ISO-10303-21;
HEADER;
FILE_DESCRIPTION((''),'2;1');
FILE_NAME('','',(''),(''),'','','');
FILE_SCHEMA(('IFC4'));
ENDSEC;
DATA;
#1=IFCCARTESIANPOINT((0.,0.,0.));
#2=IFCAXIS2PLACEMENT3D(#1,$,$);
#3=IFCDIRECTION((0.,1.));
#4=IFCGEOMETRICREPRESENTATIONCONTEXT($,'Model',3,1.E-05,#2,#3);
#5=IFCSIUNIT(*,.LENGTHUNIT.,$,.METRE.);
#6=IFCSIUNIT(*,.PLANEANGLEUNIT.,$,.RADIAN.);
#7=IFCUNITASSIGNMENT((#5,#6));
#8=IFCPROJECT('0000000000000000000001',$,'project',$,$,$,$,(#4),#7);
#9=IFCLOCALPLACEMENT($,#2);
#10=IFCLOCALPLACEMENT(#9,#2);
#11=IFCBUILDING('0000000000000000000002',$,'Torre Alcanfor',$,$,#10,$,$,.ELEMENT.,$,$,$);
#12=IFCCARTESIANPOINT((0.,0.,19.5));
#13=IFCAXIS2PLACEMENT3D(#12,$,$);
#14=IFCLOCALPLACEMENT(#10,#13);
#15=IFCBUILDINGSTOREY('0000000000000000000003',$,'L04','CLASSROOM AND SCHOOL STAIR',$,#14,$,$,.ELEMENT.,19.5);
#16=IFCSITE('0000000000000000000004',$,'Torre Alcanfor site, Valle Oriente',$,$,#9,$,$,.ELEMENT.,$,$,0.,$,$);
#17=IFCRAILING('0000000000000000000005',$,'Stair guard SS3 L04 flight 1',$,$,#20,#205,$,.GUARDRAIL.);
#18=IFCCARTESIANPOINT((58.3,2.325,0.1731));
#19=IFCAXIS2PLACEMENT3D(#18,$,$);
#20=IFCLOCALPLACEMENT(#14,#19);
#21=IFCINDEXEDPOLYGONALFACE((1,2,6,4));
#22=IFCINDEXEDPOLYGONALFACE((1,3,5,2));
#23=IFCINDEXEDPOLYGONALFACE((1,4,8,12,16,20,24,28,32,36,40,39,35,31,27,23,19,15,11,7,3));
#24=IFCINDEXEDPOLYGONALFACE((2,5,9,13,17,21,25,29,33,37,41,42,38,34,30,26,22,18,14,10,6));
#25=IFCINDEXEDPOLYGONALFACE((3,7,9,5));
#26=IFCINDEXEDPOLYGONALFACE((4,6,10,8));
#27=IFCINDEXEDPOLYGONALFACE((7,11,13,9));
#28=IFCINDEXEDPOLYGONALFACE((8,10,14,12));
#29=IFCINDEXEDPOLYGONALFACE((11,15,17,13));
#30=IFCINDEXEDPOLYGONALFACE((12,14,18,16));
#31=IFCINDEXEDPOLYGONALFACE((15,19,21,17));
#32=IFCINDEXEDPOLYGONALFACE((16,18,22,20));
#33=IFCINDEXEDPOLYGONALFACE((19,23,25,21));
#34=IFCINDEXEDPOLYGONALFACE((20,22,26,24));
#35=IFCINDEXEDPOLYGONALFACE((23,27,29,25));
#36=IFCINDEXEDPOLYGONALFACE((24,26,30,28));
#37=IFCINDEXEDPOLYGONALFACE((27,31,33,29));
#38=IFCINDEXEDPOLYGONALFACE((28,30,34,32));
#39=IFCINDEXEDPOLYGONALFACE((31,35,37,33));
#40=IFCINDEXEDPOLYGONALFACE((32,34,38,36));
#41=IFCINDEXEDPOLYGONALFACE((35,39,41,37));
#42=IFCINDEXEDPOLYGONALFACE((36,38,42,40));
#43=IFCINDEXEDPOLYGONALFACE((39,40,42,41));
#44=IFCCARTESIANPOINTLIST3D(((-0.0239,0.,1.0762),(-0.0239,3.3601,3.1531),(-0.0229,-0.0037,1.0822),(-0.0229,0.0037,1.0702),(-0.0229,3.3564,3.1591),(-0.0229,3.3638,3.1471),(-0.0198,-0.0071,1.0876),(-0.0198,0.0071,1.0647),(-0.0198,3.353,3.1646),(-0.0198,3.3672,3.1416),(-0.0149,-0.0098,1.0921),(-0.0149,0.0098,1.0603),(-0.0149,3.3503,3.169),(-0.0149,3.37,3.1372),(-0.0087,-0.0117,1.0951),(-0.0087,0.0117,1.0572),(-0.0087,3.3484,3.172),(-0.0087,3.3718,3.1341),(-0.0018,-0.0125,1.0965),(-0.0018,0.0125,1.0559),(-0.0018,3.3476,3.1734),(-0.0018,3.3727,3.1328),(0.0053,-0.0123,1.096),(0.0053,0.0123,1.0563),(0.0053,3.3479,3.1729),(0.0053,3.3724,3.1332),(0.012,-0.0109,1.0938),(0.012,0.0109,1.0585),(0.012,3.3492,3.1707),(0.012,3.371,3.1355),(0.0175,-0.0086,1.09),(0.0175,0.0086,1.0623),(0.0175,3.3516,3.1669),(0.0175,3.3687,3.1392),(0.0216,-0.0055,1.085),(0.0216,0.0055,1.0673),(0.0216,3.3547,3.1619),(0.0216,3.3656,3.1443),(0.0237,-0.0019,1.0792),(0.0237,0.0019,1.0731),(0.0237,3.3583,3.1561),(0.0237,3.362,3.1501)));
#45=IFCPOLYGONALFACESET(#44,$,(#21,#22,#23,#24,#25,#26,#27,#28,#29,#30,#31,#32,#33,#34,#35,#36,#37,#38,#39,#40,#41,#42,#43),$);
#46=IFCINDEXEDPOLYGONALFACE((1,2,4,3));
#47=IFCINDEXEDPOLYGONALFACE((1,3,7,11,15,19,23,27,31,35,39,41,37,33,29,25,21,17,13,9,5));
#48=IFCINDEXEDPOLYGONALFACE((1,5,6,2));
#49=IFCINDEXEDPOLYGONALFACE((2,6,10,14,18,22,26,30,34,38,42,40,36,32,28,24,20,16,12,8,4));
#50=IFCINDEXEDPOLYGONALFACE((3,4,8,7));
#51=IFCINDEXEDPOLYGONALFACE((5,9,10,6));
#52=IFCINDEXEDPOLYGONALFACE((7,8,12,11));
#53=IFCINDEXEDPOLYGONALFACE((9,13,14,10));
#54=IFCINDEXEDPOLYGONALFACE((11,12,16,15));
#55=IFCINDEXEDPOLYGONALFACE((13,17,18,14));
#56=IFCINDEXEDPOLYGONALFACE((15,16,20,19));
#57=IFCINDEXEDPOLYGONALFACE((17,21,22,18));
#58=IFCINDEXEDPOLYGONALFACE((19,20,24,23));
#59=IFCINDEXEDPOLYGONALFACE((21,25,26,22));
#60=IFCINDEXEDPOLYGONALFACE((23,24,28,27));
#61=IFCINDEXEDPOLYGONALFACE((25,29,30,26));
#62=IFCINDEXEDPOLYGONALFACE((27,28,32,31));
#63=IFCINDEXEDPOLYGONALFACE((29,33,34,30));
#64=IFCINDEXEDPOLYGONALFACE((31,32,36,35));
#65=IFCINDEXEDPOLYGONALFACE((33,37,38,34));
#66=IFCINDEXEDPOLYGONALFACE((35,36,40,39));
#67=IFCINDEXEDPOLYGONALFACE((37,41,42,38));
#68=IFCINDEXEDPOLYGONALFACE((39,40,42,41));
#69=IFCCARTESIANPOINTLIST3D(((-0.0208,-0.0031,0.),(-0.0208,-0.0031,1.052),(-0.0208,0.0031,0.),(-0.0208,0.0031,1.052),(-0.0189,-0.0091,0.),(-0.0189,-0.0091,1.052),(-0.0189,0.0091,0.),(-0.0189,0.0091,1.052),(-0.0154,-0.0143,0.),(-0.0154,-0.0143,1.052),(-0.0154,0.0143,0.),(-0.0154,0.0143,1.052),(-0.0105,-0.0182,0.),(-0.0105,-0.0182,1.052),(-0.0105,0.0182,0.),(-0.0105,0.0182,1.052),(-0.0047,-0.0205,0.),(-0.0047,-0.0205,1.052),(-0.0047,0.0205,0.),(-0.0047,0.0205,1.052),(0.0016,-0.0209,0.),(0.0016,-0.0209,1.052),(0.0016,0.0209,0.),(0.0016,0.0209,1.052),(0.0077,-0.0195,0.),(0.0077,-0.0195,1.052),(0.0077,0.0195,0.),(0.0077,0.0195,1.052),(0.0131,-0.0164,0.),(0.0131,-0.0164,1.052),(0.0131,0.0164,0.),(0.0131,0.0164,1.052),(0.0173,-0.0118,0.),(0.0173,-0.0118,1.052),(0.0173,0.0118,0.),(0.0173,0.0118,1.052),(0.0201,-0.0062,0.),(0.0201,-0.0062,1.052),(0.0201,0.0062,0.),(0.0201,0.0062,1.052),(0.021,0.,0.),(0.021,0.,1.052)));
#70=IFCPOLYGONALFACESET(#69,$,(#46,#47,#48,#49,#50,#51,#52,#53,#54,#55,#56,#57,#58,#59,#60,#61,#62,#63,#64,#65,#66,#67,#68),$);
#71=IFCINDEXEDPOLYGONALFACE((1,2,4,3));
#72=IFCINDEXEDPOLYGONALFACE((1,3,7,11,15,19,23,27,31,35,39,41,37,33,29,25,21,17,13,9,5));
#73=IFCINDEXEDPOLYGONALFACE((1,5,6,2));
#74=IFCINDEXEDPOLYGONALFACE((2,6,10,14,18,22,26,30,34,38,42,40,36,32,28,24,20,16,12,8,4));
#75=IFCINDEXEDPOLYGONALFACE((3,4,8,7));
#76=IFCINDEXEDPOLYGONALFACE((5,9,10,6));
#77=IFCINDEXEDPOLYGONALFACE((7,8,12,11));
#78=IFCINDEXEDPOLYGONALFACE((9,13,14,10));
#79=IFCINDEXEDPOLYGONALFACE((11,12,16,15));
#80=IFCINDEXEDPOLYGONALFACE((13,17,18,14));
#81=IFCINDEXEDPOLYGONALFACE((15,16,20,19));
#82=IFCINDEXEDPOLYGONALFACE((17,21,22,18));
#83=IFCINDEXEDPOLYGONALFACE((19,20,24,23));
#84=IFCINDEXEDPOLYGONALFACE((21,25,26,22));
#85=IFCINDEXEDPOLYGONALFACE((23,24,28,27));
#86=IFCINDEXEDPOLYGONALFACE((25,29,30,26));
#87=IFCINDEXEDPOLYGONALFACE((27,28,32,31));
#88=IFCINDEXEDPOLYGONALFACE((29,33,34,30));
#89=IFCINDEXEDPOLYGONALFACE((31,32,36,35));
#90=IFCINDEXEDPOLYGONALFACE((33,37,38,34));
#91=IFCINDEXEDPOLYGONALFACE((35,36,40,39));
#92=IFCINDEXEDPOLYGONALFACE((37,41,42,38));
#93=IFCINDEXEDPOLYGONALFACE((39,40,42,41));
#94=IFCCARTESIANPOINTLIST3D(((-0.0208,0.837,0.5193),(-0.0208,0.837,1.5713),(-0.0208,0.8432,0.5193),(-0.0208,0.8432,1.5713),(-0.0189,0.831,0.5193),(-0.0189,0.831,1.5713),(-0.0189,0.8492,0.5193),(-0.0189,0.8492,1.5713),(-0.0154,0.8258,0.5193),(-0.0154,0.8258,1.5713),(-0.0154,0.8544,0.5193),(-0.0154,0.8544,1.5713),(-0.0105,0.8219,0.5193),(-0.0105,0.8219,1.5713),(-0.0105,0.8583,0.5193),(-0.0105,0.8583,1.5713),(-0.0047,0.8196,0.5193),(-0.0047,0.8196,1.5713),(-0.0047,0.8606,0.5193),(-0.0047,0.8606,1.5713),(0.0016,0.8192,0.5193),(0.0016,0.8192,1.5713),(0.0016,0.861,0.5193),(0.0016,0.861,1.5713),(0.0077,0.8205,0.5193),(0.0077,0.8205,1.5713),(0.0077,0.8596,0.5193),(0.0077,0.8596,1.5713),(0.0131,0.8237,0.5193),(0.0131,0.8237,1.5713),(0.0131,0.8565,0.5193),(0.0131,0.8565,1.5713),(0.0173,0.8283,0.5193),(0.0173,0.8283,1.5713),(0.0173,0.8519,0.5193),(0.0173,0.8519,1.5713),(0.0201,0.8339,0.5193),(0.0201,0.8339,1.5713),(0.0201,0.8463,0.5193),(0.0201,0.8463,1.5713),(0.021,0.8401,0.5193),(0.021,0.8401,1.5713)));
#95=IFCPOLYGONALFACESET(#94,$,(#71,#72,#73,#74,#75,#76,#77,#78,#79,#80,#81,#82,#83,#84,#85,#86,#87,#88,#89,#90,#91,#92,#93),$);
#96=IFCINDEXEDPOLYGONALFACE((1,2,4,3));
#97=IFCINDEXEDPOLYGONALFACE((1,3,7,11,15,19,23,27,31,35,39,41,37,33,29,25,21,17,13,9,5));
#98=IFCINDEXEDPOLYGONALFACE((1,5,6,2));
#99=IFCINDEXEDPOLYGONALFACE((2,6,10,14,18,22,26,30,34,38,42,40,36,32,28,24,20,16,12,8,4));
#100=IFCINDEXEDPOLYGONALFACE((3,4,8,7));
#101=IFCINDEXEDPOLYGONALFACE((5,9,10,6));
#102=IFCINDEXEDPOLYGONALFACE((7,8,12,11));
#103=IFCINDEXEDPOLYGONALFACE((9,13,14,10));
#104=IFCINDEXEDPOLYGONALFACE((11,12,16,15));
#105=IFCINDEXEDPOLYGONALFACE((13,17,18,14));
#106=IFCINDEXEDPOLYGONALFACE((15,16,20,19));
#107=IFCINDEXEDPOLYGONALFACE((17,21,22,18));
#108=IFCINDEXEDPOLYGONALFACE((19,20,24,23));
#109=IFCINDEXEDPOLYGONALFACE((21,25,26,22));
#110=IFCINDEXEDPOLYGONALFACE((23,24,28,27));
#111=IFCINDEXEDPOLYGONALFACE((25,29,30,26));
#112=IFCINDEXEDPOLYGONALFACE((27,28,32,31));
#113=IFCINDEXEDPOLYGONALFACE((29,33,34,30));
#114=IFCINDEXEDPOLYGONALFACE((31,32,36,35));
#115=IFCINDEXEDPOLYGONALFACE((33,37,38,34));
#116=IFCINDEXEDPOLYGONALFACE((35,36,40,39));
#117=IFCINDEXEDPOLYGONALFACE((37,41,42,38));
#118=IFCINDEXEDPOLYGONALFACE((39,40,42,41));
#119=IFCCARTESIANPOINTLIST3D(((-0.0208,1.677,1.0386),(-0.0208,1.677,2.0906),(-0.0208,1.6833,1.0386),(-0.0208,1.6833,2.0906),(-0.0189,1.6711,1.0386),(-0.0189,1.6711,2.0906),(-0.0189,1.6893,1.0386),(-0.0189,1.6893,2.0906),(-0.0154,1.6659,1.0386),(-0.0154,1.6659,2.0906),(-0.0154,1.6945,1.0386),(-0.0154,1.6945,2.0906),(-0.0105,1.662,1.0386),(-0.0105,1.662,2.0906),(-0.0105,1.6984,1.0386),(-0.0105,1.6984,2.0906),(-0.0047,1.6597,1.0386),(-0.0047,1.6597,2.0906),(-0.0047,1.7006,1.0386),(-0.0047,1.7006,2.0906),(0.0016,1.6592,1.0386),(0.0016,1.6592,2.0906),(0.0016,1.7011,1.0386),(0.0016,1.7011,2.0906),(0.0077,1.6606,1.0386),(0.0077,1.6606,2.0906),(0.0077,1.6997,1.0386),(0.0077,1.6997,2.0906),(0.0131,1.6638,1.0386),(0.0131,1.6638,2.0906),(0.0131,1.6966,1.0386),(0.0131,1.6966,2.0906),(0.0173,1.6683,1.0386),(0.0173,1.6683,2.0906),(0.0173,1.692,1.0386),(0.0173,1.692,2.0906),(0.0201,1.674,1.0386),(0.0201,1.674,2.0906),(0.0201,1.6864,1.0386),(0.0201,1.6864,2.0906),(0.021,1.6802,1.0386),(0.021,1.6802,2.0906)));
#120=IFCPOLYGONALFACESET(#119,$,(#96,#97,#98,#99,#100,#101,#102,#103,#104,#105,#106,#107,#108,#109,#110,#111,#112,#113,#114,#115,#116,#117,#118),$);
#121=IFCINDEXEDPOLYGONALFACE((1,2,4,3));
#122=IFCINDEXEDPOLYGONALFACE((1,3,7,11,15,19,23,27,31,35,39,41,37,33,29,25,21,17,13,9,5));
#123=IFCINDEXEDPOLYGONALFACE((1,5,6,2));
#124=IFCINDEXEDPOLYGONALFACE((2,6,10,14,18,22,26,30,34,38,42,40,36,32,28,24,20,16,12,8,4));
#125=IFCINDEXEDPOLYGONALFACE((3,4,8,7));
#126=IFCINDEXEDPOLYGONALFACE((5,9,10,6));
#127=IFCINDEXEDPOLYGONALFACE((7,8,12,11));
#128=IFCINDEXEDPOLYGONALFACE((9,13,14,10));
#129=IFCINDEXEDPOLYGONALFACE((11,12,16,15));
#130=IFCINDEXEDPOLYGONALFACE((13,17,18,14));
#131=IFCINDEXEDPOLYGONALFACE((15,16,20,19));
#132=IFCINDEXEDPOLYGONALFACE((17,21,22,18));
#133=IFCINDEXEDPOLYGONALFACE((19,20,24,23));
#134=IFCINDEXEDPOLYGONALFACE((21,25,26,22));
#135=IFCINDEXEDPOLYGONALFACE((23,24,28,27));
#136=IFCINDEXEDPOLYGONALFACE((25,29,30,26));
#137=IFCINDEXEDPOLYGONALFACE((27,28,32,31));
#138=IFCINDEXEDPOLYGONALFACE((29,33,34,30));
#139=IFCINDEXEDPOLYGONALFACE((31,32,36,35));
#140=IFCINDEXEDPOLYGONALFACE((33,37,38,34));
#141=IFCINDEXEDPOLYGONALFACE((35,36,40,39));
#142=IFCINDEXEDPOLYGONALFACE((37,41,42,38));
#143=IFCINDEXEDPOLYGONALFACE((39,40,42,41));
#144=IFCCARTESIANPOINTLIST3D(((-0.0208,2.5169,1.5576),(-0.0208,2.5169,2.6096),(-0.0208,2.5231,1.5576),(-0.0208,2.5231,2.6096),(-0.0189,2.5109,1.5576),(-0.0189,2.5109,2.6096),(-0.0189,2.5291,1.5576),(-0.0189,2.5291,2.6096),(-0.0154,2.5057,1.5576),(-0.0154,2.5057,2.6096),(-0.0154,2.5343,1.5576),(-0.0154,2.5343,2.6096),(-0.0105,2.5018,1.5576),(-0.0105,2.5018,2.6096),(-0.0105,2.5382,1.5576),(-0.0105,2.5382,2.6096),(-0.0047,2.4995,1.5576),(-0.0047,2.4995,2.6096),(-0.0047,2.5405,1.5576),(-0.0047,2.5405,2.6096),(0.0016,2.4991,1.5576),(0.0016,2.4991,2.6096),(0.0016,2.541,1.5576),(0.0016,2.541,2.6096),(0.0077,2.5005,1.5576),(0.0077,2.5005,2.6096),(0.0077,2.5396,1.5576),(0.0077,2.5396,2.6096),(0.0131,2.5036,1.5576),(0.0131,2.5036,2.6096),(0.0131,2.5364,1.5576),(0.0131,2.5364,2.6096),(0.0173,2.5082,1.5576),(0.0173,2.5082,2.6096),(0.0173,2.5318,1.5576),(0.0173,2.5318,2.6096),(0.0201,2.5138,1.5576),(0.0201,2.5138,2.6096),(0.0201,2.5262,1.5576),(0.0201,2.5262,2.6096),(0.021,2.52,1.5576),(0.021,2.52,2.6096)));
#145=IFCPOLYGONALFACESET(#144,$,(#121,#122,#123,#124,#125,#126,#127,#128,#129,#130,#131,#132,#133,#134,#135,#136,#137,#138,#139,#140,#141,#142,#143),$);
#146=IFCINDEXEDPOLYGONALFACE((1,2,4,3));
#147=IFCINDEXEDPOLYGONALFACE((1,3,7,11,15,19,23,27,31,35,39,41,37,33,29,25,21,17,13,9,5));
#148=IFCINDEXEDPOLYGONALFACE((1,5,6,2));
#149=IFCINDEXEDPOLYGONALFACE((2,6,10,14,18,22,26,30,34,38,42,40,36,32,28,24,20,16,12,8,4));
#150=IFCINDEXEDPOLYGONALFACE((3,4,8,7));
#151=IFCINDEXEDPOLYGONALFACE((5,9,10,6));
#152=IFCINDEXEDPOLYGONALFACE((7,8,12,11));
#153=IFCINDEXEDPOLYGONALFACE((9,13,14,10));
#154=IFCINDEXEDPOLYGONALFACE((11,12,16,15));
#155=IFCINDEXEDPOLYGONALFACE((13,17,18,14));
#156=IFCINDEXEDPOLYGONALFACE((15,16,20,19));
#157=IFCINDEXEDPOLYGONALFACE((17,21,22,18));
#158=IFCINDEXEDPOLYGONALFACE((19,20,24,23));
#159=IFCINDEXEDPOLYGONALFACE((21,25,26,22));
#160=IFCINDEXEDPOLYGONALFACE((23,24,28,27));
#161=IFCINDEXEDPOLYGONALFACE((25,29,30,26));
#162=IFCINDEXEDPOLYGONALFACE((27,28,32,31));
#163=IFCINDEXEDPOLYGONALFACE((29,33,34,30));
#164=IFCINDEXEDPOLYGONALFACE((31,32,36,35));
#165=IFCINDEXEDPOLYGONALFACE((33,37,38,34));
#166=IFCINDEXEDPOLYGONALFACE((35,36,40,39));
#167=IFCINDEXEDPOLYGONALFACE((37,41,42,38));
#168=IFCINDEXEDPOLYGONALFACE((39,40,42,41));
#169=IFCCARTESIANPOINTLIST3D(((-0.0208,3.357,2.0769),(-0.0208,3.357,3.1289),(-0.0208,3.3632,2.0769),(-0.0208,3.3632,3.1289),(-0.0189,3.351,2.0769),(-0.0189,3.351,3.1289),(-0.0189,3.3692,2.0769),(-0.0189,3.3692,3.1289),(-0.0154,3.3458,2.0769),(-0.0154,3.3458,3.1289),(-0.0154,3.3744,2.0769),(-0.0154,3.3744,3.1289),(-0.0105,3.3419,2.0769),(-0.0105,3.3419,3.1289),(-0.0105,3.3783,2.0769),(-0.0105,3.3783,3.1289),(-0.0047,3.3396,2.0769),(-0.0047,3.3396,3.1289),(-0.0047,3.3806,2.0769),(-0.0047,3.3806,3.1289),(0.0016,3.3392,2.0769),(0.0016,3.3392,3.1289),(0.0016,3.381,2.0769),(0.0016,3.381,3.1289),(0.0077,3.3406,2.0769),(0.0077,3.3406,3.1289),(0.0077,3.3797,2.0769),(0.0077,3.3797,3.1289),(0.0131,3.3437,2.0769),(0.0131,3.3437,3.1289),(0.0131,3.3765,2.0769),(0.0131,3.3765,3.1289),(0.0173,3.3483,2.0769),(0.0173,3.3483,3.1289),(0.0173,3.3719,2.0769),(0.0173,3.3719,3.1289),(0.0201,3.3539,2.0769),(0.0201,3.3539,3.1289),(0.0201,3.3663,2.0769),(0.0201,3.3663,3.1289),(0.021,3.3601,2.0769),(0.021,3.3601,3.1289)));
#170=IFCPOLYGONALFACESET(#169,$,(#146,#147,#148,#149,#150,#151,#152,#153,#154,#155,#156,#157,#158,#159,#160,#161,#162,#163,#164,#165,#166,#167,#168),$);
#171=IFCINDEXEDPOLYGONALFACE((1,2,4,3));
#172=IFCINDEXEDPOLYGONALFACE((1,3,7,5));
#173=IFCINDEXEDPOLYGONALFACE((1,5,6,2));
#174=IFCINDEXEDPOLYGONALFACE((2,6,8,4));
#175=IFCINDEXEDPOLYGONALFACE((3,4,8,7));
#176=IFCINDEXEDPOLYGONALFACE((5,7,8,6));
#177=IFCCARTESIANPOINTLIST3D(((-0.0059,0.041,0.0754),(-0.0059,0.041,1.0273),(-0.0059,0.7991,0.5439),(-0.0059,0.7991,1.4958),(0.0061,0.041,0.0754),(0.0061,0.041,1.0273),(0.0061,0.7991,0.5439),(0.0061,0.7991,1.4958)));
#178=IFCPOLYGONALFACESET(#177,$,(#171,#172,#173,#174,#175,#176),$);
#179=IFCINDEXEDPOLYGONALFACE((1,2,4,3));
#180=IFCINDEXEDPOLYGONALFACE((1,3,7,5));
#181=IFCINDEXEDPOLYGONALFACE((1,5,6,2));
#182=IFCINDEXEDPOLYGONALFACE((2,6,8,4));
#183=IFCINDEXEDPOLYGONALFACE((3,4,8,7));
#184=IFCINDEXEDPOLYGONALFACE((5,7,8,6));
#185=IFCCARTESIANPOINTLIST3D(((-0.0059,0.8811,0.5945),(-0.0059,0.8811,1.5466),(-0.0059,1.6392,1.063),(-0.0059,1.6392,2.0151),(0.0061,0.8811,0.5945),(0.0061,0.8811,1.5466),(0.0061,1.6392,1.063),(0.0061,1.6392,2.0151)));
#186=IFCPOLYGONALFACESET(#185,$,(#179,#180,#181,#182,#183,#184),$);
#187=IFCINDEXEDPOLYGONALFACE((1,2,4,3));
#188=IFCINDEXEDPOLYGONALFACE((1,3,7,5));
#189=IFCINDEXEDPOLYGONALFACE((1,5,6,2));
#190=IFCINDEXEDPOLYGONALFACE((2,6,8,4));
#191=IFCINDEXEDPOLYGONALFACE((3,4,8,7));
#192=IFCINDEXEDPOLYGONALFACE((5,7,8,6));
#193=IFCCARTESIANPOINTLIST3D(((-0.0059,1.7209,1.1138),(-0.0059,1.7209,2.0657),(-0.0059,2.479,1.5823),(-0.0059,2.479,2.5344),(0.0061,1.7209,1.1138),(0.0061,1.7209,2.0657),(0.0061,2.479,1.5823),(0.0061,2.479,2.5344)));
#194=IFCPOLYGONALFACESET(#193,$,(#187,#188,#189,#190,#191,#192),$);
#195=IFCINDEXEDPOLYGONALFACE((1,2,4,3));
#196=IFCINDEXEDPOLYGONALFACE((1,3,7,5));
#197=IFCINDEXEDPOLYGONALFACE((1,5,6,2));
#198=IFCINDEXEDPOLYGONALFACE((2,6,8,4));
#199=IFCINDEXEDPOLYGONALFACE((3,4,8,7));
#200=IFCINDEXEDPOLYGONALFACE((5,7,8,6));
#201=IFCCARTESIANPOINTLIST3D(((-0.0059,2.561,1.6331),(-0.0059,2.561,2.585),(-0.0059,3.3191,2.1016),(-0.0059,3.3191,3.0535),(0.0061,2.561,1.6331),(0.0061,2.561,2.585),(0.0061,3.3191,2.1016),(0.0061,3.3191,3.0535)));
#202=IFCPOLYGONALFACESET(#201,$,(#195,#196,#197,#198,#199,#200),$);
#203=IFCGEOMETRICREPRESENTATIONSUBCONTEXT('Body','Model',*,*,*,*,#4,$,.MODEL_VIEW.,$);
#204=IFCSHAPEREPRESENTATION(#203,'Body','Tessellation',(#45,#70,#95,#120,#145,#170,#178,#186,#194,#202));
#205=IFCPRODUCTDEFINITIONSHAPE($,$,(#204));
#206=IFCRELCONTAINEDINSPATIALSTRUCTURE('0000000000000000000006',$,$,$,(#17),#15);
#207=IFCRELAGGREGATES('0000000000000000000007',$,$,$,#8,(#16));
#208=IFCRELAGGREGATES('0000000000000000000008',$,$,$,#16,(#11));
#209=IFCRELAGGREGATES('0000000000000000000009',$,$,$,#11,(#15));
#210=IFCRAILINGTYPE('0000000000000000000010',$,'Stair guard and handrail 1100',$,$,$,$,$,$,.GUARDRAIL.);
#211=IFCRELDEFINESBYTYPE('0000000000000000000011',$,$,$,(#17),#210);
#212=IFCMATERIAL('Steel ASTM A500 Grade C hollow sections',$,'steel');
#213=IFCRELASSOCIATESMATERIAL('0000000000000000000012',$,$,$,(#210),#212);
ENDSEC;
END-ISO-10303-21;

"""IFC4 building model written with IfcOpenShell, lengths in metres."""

from ifc_helpers import new_model, si_unit, direction, frame, origin, origin_2d, place, context, subcontext, project, spatial, polyline, circle, outline, extrude, material, type_object, element, save


model = new_model("IFC4")

# Units and contexts
model_context = context("Model", 3, precision=1e-05, world=origin(), true_north=direction((0.0, 1.0)))
body_context = subcontext(model_context, "Body", "Model", "MODEL_VIEW")
ifc_project = project(units=[si_unit("LENGTHUNIT", "METRE"), si_unit("PLANEANGLEUNIT", "RADIAN")], contexts=[model_context])

# Site, building, storey
site_placement = place(None, origin())
site = spatial("IfcSite", under=ifc_project, at=site_placement, Name="Torre Alcanfor site, Valle Oriente", CompositionType="ELEMENT", RefElevation=0.0)
building_placement = place(site_placement, origin())
building = spatial("IfcBuilding", under=site, at=building_placement, Name="Torre Alcanfor", CompositionType="ELEMENT")
storey_placement = place(building_placement, frame((0.0, 0.0, 19.5)))
storey = spatial("IfcBuildingStorey", under=building, at=storey_placement, Name="L04", Description="CLASSROOM AND SCHOOL STAIR", CompositionType="ELEMENT", Elevation=19.5)

# Railing
ifc_material_1 = material(Name="Steel ASTM A500 Grade C hollow sections", Category="steel")
railing_type_1 = type_object("IfcRailingType", Name="Stair guard and handrail 1100", PredefinedType="GUARDRAIL", material=ifc_material_1)
railing_1_placement = place(storey_placement, frame((58.3, 2.325, 0.1731)))
element("IfcRailing", 1, at=railing_1_placement, inside=storey, type_object=railing_type_1, Name="Stair guard SS3 L04 flight 1", PredefinedType="GUARDRAIL", context=body_context, shape_type="SweptSolid", body=[
    extrude(circle(Radius=0.0239, at=origin_2d()), frame((0.0, 0.0, 1.0762), z_axis=(0.0, 0.850623, 0.525776), x_axis=(-1.0, 0.0, 0.0)), (0.0, 0.0, 1.0), 3.9502),
    extrude(circle(Radius=0.021, at=origin_2d()), origin(), (0.0, 0.0, 1.0), 1.052),
    extrude(circle(Radius=0.021, at=origin_2d()), frame((0.0, 0.8401, 0.5193)), (0.0, 0.0, 1.0), 1.052),
    extrude(circle(Radius=0.021, at=origin_2d()), frame((0.0, 1.6802, 1.0386)), (0.0, 0.0, 1.0), 1.052),
    extrude(circle(Radius=0.021, at=origin_2d()), frame((0.0, 2.52, 1.5576)), (0.0, 0.0, 1.0), 1.052),
    extrude(circle(Radius=0.021, at=origin_2d()), frame((0.0, 3.3601, 2.0769)), (0.0, 0.0, 1.0), 1.052),
    extrude(outline(polyline([(0.041, 0.0754), (0.7991, 0.5439), (0.7991, 1.4958), (0.041, 1.0273), (0.041, 0.0754)])), frame((-0.0059, 0.0, 0.0), z_axis=(1.0, 0.0, 0.0), x_axis=(0.0, 1.0, 0.0)), (0.0, 0.0, 1.0), 0.012),
    extrude(outline(polyline([(0.8811, 0.5945), (1.6392, 1.063), (1.6392, 2.0151), (0.8811, 1.5466), (0.8811, 0.5945)])), frame((-0.0059, 0.0, 0.0), z_axis=(1.0, 0.0, 0.0), x_axis=(0.0, 1.0, 0.0)), (0.0, 0.0, 1.0), 0.012),
    extrude(outline(polyline([(1.7209, 1.1138), (2.479, 1.5823), (2.479, 2.5344), (1.7209, 2.0657), (1.7209, 1.1138)])), frame((-0.0059, 0.0, 0.0), z_axis=(1.0, 0.0, 0.0), x_axis=(0.0, 1.0, 0.0)), (0.0, 0.0, 1.0), 0.012),
    extrude(outline(polyline([(2.561, 1.6331), (3.3191, 2.1016), (3.3191, 3.0535), (2.561, 2.585), (2.561, 1.6331)])), frame((-0.0059, 0.0, 0.0), z_axis=(1.0, 0.0, 0.0), x_axis=(0.0, 1.0, 0.0)), (0.0, 0.0, 1.0), 0.012),
])

save(model, "model.ifc")
